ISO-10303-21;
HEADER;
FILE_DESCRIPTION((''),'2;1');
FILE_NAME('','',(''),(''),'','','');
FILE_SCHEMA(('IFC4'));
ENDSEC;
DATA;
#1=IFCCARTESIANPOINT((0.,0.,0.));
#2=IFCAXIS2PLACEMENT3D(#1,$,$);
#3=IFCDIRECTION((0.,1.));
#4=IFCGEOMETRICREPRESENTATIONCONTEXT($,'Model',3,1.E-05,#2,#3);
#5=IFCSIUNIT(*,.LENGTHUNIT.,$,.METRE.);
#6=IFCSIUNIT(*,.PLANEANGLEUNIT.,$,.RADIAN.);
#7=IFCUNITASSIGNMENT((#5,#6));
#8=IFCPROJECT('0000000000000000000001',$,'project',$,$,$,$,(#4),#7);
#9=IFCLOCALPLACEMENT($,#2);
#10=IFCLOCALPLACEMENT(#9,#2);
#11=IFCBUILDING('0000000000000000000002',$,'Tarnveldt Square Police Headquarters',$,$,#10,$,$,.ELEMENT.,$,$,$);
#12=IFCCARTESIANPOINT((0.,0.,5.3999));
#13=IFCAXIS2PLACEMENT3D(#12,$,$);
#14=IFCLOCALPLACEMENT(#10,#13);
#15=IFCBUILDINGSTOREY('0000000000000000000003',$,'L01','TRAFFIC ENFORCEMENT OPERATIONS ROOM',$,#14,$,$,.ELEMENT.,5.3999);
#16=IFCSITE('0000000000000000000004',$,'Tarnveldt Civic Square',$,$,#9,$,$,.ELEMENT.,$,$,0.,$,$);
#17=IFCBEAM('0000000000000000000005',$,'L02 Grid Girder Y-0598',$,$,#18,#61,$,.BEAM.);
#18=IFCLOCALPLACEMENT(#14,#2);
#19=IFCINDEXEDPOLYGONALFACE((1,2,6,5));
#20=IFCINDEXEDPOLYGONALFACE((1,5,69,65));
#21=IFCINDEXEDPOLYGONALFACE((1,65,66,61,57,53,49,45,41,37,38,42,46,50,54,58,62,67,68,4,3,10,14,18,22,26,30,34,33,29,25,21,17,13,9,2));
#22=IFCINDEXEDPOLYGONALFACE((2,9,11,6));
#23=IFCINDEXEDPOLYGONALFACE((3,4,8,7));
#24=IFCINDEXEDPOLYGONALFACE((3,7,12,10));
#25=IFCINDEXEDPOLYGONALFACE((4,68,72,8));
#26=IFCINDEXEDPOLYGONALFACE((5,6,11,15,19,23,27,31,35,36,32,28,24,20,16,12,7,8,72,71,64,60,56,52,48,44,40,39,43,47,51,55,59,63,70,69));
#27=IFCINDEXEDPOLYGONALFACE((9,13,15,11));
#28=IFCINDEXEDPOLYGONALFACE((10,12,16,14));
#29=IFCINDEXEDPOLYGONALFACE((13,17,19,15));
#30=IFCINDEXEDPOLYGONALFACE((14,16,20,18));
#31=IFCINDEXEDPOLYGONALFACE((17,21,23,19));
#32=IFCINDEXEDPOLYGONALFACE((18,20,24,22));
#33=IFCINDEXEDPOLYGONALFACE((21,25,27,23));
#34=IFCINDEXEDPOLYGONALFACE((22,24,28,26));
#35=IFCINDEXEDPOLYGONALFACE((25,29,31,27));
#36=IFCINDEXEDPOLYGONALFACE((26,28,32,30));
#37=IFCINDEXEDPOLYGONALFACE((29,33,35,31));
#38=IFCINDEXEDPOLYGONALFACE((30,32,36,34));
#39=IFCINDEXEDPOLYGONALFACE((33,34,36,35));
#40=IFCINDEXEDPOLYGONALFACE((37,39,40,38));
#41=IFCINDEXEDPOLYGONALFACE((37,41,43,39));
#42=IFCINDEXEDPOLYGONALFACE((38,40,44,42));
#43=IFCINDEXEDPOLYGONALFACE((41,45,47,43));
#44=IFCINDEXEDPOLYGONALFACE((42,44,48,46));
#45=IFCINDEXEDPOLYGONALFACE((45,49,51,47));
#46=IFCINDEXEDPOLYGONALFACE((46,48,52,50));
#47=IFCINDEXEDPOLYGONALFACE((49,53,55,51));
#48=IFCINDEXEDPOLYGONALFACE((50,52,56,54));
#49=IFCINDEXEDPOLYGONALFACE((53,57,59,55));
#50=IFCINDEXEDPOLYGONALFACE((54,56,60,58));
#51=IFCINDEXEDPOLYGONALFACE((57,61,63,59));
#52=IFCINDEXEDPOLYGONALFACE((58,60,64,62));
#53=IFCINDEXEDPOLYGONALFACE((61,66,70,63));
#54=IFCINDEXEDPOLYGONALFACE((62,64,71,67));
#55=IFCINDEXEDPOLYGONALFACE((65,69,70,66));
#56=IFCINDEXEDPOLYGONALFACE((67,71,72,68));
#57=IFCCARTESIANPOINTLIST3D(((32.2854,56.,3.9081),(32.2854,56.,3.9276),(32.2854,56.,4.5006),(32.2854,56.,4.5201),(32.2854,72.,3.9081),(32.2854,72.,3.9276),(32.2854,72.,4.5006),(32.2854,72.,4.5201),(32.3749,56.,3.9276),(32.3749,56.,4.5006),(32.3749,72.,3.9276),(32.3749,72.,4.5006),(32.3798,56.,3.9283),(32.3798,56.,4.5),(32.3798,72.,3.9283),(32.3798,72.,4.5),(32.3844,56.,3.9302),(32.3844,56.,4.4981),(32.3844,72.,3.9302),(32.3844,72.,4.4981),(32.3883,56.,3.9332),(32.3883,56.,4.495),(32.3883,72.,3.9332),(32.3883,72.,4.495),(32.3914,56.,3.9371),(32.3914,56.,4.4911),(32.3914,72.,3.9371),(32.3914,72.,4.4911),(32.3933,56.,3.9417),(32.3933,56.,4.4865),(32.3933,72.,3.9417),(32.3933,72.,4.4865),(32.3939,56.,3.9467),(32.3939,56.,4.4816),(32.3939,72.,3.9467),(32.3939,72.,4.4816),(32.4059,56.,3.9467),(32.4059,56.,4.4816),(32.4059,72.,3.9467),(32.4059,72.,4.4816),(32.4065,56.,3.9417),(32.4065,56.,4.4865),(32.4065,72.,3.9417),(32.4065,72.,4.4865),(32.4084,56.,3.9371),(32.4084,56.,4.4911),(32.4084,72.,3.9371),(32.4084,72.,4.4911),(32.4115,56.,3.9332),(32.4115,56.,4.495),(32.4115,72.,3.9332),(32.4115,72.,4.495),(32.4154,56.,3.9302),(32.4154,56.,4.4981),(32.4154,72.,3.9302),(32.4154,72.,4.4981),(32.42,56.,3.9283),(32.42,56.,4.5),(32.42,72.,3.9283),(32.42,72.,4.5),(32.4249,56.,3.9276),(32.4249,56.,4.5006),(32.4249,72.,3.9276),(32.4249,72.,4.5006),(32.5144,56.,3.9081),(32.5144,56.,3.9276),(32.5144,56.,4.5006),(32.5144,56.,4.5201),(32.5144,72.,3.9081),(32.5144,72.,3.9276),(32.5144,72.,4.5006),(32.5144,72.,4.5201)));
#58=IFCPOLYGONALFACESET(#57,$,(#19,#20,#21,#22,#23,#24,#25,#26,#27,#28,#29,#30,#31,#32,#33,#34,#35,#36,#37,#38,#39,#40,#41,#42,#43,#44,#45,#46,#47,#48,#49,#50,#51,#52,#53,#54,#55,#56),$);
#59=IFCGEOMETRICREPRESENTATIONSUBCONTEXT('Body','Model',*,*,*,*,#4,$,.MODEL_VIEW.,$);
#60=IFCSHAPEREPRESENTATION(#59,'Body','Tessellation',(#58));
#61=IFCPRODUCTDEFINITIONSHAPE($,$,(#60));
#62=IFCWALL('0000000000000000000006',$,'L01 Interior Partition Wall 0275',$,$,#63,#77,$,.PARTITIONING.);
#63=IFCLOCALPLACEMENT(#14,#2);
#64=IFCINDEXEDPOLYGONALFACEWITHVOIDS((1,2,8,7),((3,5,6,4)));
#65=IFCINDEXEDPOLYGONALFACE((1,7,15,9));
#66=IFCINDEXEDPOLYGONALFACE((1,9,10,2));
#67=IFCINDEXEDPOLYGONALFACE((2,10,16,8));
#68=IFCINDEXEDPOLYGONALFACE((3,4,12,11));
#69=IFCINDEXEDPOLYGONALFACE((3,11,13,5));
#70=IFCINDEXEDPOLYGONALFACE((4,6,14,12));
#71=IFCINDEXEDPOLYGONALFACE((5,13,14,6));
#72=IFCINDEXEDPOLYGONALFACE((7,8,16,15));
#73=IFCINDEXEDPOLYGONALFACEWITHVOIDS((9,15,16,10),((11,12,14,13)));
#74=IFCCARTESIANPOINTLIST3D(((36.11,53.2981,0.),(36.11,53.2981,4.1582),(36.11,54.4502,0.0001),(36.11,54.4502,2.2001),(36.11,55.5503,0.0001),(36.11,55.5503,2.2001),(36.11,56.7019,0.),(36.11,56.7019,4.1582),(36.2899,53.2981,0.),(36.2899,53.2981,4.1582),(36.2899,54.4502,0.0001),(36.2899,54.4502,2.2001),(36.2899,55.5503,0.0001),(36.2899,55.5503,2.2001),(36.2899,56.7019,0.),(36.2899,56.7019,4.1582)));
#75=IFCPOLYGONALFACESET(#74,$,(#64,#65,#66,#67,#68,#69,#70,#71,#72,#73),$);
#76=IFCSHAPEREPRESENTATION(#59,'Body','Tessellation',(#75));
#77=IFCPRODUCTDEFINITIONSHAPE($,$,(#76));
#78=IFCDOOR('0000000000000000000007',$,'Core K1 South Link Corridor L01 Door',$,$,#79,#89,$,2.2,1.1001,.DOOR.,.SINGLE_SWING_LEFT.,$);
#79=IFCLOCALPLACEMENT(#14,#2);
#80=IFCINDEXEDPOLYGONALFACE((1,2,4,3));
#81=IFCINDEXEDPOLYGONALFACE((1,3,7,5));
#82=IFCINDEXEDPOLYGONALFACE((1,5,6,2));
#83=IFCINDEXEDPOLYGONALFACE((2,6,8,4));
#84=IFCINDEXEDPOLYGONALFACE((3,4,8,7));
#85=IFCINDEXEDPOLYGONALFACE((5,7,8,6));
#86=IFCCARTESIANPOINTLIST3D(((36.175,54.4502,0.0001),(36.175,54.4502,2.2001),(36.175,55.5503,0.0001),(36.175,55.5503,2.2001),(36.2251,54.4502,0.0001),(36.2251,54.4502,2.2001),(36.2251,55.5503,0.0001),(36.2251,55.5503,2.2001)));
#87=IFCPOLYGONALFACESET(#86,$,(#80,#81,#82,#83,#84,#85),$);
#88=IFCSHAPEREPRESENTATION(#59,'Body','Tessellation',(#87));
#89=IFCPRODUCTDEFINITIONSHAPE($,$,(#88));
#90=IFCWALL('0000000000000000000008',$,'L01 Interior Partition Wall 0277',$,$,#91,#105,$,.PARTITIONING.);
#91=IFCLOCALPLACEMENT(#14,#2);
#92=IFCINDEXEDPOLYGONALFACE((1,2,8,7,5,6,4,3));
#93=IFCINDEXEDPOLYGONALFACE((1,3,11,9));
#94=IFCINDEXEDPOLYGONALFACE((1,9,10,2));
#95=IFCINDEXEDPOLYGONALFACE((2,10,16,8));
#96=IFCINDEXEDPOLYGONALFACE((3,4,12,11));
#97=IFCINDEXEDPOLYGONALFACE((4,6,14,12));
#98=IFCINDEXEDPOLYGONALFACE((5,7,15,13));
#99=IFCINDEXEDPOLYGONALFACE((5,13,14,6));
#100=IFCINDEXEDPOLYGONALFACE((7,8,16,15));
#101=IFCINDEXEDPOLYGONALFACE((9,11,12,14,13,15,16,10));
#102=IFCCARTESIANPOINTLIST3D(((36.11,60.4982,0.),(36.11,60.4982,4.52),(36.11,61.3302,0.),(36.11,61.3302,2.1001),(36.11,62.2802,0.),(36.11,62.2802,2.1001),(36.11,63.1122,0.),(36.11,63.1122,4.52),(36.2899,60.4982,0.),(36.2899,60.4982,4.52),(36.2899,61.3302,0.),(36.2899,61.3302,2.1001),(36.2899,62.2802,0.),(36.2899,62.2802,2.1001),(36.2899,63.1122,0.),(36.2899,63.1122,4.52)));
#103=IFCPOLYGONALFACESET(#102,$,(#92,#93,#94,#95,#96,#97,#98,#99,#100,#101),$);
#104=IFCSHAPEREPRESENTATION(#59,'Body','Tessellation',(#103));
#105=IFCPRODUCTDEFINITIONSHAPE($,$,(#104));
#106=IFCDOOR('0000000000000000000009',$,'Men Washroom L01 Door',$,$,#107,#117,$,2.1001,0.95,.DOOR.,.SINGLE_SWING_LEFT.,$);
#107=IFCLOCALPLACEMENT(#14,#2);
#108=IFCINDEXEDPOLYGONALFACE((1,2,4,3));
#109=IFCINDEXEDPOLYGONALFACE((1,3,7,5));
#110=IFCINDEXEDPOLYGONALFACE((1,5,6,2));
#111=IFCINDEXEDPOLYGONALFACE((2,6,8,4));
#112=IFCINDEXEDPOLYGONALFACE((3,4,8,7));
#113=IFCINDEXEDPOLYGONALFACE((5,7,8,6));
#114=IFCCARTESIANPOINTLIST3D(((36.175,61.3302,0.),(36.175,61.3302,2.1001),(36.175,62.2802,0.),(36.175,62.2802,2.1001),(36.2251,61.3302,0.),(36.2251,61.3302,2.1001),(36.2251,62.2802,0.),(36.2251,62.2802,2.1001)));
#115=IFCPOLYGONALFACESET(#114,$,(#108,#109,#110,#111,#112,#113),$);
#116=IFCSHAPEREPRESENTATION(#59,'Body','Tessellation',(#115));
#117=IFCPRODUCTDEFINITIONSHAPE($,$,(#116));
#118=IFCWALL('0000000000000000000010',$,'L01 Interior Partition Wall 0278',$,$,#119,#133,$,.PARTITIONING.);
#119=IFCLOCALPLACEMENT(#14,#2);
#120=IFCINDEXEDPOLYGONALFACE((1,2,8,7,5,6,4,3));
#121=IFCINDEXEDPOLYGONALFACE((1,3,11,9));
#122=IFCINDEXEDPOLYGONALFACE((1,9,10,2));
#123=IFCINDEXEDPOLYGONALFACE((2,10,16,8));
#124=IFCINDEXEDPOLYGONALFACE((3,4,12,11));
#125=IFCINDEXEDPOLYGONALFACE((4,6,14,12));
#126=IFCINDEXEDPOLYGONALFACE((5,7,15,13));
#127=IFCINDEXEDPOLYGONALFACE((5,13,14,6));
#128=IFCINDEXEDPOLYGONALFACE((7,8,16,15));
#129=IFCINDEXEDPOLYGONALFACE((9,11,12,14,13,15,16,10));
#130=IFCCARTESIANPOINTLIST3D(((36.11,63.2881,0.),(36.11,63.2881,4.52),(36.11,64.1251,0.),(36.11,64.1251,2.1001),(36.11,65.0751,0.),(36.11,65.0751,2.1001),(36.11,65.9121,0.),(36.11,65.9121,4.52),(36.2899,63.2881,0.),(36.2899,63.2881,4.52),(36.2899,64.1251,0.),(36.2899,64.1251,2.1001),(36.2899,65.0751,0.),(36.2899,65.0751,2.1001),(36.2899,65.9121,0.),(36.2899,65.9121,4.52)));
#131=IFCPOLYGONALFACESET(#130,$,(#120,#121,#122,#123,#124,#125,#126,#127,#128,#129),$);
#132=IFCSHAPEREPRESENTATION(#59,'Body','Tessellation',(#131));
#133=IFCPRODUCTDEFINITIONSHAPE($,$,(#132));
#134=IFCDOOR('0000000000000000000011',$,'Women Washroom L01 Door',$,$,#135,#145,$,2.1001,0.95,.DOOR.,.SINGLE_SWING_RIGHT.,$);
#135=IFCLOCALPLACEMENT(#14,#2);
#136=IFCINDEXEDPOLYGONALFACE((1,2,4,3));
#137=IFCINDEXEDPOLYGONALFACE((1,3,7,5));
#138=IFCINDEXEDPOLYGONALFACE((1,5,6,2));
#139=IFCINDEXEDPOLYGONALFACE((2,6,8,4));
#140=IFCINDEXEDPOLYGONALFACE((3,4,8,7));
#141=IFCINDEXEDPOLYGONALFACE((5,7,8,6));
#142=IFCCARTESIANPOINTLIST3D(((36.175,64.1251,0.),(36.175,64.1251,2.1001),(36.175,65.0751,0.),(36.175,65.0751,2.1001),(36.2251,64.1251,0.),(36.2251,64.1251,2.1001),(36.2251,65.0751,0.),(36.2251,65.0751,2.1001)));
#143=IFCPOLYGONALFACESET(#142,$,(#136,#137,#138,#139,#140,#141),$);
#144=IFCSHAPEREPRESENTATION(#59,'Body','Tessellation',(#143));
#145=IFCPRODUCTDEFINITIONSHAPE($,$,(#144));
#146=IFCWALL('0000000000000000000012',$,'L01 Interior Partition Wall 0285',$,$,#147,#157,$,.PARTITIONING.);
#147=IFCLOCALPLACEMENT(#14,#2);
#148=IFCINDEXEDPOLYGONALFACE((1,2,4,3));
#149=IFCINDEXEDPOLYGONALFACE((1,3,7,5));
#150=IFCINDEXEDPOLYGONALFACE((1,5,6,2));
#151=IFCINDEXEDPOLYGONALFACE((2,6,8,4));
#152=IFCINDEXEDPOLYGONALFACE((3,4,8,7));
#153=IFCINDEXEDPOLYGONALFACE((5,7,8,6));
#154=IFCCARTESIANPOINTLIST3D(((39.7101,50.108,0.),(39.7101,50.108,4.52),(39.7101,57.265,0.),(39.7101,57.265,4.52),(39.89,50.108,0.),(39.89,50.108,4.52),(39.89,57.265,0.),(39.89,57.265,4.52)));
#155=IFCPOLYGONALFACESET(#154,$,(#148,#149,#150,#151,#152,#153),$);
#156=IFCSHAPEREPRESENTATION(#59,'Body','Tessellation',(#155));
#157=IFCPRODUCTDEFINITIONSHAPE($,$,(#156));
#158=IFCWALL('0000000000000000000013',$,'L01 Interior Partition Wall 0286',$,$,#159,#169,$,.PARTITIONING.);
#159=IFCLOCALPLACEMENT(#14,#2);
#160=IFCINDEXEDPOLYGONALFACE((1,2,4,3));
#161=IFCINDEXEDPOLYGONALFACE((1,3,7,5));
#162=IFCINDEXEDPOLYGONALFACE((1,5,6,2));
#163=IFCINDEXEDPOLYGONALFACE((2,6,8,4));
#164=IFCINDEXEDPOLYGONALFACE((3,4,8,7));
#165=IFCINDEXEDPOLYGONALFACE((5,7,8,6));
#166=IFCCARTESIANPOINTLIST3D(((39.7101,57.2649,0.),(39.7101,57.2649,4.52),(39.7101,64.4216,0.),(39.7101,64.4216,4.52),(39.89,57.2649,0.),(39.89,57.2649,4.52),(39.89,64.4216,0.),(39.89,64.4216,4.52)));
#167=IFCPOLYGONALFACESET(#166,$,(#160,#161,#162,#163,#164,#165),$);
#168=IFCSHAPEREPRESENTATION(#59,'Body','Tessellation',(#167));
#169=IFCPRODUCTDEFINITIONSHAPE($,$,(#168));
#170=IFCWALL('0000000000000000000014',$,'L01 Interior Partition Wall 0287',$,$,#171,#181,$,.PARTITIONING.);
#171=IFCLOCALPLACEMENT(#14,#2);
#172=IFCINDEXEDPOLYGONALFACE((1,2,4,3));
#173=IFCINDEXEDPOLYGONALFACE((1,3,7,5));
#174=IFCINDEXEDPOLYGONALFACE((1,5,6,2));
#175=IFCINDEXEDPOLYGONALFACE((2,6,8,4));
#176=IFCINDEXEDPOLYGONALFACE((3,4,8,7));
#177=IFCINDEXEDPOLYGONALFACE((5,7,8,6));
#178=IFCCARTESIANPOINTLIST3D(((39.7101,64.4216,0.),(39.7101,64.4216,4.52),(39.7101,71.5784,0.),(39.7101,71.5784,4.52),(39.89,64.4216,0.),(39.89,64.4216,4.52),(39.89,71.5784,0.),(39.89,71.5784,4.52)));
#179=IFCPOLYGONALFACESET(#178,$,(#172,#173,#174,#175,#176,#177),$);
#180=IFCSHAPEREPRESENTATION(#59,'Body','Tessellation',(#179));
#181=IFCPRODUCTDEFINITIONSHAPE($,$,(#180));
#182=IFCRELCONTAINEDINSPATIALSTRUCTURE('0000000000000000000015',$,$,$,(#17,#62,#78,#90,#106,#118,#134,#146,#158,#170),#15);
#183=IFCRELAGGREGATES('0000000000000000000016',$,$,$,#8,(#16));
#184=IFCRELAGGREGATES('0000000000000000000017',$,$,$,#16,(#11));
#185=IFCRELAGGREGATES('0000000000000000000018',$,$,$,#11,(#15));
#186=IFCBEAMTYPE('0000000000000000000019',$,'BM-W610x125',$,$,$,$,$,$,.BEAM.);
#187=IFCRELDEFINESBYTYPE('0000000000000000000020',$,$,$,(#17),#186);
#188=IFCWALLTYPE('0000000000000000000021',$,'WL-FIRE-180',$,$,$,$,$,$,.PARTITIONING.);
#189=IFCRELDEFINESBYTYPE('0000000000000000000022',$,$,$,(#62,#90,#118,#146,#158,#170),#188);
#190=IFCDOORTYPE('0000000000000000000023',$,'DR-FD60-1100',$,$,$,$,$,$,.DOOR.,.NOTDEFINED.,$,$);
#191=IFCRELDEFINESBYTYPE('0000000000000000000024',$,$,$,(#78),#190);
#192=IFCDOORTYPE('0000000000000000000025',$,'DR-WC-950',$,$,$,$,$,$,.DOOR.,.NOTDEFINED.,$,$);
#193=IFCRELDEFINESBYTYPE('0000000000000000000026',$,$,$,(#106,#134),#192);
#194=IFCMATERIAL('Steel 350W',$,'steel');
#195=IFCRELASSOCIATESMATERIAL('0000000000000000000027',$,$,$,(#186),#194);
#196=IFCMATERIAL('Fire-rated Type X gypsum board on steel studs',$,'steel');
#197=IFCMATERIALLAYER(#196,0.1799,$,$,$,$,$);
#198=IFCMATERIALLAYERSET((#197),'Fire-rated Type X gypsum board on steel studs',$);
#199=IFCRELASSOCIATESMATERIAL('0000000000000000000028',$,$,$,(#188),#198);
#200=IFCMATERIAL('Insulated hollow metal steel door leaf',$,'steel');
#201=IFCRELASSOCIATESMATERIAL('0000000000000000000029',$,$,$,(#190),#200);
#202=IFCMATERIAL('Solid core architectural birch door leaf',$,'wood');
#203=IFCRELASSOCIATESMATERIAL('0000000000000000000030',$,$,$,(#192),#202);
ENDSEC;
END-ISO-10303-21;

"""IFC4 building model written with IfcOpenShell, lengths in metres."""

from ifc_helpers import new_model, si_unit, direction, frame, frame_2d, origin, origin_2d, place, context, subcontext, project, spatial, rectangle, i_section, extrude, material, layer, layer_set, material_profile, profile_set, type_object, element, fill, save


model = new_model("IFC4")

# Units and contexts
model_context = context("Model", 3, precision=1e-05, world=origin(), true_north=direction((0.0, 1.0)))
body_context = subcontext(model_context, "Body", "Model", "MODEL_VIEW")
ifc_project = project(units=[si_unit("LENGTHUNIT", "METRE"), si_unit("PLANEANGLEUNIT", "RADIAN")], contexts=[model_context])

# Site, building, storey
site_placement = place(None, origin())
site = spatial("IfcSite", under=ifc_project, at=site_placement, Name="Tarnveldt Civic Square", CompositionType="ELEMENT", RefElevation=0.0)
building_placement = place(site_placement, origin())
building = spatial("IfcBuilding", under=site, at=building_placement, Name="Tarnveldt Square Police Headquarters", CompositionType="ELEMENT")
storey_placement = place(building_placement, frame((0.0, 0.0, 5.3999)))
storey = spatial("IfcBuildingStorey", under=building, at=storey_placement, Name="L01", Description="TRAFFIC ENFORCEMENT OPERATIONS ROOM", CompositionType="ELEMENT", Elevation=5.3999)

# Beam
ifc_material_1 = material(Name="Steel 350W", Category="steel")
ifc_material_profile_1 = material_profile(ifc_material_1, i_section(OverallWidth=0.229, OverallDepth=0.6121, WebThickness=0.012, FlangeThickness=0.0195, FilletRadius=0.019, at=origin_2d()), Name="W610x125")
ifc_profile_set_1 = profile_set([ifc_material_profile_1], Name="Steel 350W")
beam_type_1 = type_object("IfcBeamType", Name="BM-W610x125", PredefinedType="BEAM", material=ifc_profile_set_1)
beam_1_placement = place(storey_placement, frame((32.3999, 56.0, 4.2141), z_axis=(0.0, 1.0, 0.0), x_axis=(-1.0, 0.0, 0.0)))
element("IfcBeam", 1, at=beam_1_placement, inside=storey, type_object=beam_type_1, Name="L02 Grid Girder Y-0598", PredefinedType="BEAM", context=body_context, shape_type="SweptSolid", body=[
    extrude(i_section(OverallWidth=0.229, OverallDepth=0.6121, WebThickness=0.012, FlangeThickness=0.0195, FilletRadius=0.019, at=origin_2d()), origin(), (0.0, 0.0, 1.0), 16.0),
])

# Walls, openings, doors
ifc_material_2 = material(Name="Fire-rated Type X gypsum board on steel studs", Category="steel")
ifc_layer_1 = layer(ifc_material_2, 0.1799)
ifc_layer_set_1 = layer_set([ifc_layer_1], Name="Fire-rated Type X gypsum board on steel studs")
wall_type_1 = type_object("IfcWallType", Name="WL-FIRE-180", PredefinedType="PARTITIONING", material=ifc_layer_set_1)
wall_1_placement = place(storey_placement, frame((36.2, 53.2981, 0.0), z_axis=(0.0, 0.0, 1.0), x_axis=(0.0, 1.0, 0.0)))
wall_1 = element("IfcWall", 2, at=wall_1_placement, inside=storey, type_object=wall_type_1, Name="L01 Interior Partition Wall 0275", PredefinedType="PARTITIONING", context=body_context, shape_type="SweptSolid", body=[
    extrude(rectangle(XDim=3.4038, YDim=0.1799, at=frame_2d((1.7019, 0.0))), origin(), (0.0, 0.0, 1.0), 4.1582),
])
opening_1_placement = place(wall_1_placement, frame((1.1521, 0.0, 0.0)))
opening_1 = element("IfcOpeningElement", 3, at=opening_1_placement, cuts=wall_1, PredefinedType="OPENING", context=body_context, shape_type="SweptSolid", body=[
    extrude(rectangle(XDim=1.1001, YDim=2.2, at=frame_2d((0.55, 1.1001))), frame((0.0, 0.0999, 0.0), z_axis=(0.0, -1.0, 0.0), x_axis=(1.0, 0.0, 0.0)), (0.0, 0.0, 1.0), 0.2),
])
ifc_material_3 = material(Name="Insulated hollow metal steel door leaf", Category="steel")
door_type_1 = type_object("IfcDoorType", Name="DR-FD60-1100", OperationType="NOTDEFINED", PredefinedType="DOOR", material=ifc_material_3)
door_1_placement = place(opening_1_placement, origin())
door_1 = element("IfcDoor", 4, at=door_1_placement, inside=storey, type_object=door_type_1, Name="Core K1 South Link Corridor L01 Door", OperationType="SINGLE_SWING_LEFT", OverallHeight=2.2, OverallWidth=1.1001, PredefinedType="DOOR", context=body_context, shape_type="SweptSolid", body=[
    extrude(rectangle(XDim=1.1001, YDim=2.2, at=frame_2d((0.55, 1.1001))), frame((0.0, 0.0249, 0.0), z_axis=(0.0, -1.0, 0.0), x_axis=(1.0, 0.0, 0.0)), (0.0, 0.0, 1.0), 0.05),
])
fill(opening_1, door_1)
wall_2_placement = place(storey_placement, frame((36.2, 60.498, 0.0), z_axis=(0.0, 0.0, 1.0), x_axis=(0.0, 1.0, 0.0)))
wall_2 = element("IfcWall", 5, at=wall_2_placement, inside=storey, type_object=wall_type_1, Name="L01 Interior Partition Wall 0277", PredefinedType="PARTITIONING", context=body_context, shape_type="SweptSolid", body=[
    extrude(rectangle(XDim=2.614, YDim=0.1799, at=frame_2d((1.3071, 0.0))), origin(), (0.0, 0.0, 1.0), 4.52),
])
opening_2_placement = place(wall_2_placement, frame((0.832, 0.0, 0.0)))
opening_2 = element("IfcOpeningElement", 6, at=opening_2_placement, cuts=wall_2, PredefinedType="OPENING", context=body_context, shape_type="SweptSolid", body=[
    extrude(rectangle(XDim=0.95, YDim=2.1001, at=frame_2d((0.4751, 1.05))), frame((0.0, 0.0999, 0.0), z_axis=(0.0, -1.0, 0.0), x_axis=(1.0, 0.0, 0.0)), (0.0, 0.0, 1.0), 0.2),
])
ifc_material_4 = material(Name="Solid core architectural birch door leaf", Category="wood")
door_type_2 = type_object("IfcDoorType", Name="DR-WC-950", OperationType="NOTDEFINED", PredefinedType="DOOR", material=ifc_material_4)
door_2_placement = place(opening_2_placement, origin())
door_2 = element("IfcDoor", 7, at=door_2_placement, inside=storey, type_object=door_type_2, Name="Men Washroom L01 Door", OperationType="SINGLE_SWING_LEFT", OverallHeight=2.1001, OverallWidth=0.95, PredefinedType="DOOR", context=body_context, shape_type="SweptSolid", body=[
    extrude(rectangle(XDim=0.95, YDim=2.1001, at=frame_2d((0.4751, 1.05))), frame((0.0, 0.0249, 0.0), z_axis=(0.0, -1.0, 0.0), x_axis=(1.0, 0.0, 0.0)), (0.0, 0.0, 1.0), 0.05),
])
fill(opening_2, door_2)
wall_3_placement = place(storey_placement, frame((36.2, 63.2881, 0.0), z_axis=(0.0, 0.0, 1.0), x_axis=(0.0, 1.0, 0.0)))
wall_3 = element("IfcWall", 8, at=wall_3_placement, inside=storey, type_object=wall_type_1, Name="L01 Interior Partition Wall 0278", PredefinedType="PARTITIONING", context=body_context, shape_type="SweptSolid", body=[
    extrude(rectangle(XDim=2.624, YDim=0.1799, at=frame_2d((1.312, 0.0))), origin(), (0.0, 0.0, 1.0), 4.52),
])
opening_3_placement = place(wall_3_placement, frame((0.8369, 0.0, 0.0)))
opening_3 = element("IfcOpeningElement", 9, at=opening_3_placement, cuts=wall_3, PredefinedType="OPENING", context=body_context, shape_type="SweptSolid", body=[
    extrude(rectangle(XDim=0.95, YDim=2.1001, at=frame_2d((0.4751, 1.05))), frame((0.0, 0.0999, 0.0), z_axis=(0.0, -1.0, 0.0), x_axis=(1.0, 0.0, 0.0)), (0.0, 0.0, 1.0), 0.2),
])
door_3_placement = place(opening_3_placement, origin())
door_3 = element("IfcDoor", 10, at=door_3_placement, inside=storey, type_object=door_type_2, Name="Women Washroom L01 Door", OperationType="SINGLE_SWING_RIGHT", OverallHeight=2.1001, OverallWidth=0.95, PredefinedType="DOOR", context=body_context, shape_type="SweptSolid", body=[
    extrude(rectangle(XDim=0.95, YDim=2.1001, at=frame_2d((0.4751, 1.05))), frame((0.0, 0.0249, 0.0), z_axis=(0.0, -1.0, 0.0), x_axis=(1.0, 0.0, 0.0)), (0.0, 0.0, 1.0), 0.05),
])
fill(opening_3, door_3)

# Walls
wall_4_placement = place(storey_placement, frame((39.8, 50.1079, 0.0), z_axis=(0.0, 0.0, 1.0), x_axis=(0.0, 1.0, 0.0)))
element("IfcWall", 11, at=wall_4_placement, inside=storey, type_object=wall_type_1, Name="L01 Interior Partition Wall 0285", PredefinedType="PARTITIONING", context=body_context, shape_type="SweptSolid", body=[
    extrude(rectangle(XDim=7.157, YDim=0.1799, at=frame_2d((3.5786, 0.0))), origin(), (0.0, 0.0, 1.0), 4.52),
])
for number, where, z_axis, x_axis, name in (
    (12, (39.8, 57.2649, 0.0), (0.0, 0.0, 1.0), (0.0, 1.0, 0.0), "L01 Interior Partition Wall 0286"),
    (13, (39.8, 64.4216, 0.0), (0.0, 0.0, 1.0), (0.0, 1.0, 0.0), "L01 Interior Partition Wall 0287"),
):
    element("IfcWall", number, at=place(storey_placement, frame(where, z_axis=z_axis, x_axis=x_axis)), inside=storey, type_object=wall_type_1, Name=name, PredefinedType="PARTITIONING", context=body_context, shape_type="SweptSolid", body=[
        extrude(rectangle(XDim=7.1567, YDim=0.1799, at=frame_2d((3.5784, 0.0))), origin(), (0.0, 0.0, 1.0), 4.52),
    ])

save(model, "model.ifc")
